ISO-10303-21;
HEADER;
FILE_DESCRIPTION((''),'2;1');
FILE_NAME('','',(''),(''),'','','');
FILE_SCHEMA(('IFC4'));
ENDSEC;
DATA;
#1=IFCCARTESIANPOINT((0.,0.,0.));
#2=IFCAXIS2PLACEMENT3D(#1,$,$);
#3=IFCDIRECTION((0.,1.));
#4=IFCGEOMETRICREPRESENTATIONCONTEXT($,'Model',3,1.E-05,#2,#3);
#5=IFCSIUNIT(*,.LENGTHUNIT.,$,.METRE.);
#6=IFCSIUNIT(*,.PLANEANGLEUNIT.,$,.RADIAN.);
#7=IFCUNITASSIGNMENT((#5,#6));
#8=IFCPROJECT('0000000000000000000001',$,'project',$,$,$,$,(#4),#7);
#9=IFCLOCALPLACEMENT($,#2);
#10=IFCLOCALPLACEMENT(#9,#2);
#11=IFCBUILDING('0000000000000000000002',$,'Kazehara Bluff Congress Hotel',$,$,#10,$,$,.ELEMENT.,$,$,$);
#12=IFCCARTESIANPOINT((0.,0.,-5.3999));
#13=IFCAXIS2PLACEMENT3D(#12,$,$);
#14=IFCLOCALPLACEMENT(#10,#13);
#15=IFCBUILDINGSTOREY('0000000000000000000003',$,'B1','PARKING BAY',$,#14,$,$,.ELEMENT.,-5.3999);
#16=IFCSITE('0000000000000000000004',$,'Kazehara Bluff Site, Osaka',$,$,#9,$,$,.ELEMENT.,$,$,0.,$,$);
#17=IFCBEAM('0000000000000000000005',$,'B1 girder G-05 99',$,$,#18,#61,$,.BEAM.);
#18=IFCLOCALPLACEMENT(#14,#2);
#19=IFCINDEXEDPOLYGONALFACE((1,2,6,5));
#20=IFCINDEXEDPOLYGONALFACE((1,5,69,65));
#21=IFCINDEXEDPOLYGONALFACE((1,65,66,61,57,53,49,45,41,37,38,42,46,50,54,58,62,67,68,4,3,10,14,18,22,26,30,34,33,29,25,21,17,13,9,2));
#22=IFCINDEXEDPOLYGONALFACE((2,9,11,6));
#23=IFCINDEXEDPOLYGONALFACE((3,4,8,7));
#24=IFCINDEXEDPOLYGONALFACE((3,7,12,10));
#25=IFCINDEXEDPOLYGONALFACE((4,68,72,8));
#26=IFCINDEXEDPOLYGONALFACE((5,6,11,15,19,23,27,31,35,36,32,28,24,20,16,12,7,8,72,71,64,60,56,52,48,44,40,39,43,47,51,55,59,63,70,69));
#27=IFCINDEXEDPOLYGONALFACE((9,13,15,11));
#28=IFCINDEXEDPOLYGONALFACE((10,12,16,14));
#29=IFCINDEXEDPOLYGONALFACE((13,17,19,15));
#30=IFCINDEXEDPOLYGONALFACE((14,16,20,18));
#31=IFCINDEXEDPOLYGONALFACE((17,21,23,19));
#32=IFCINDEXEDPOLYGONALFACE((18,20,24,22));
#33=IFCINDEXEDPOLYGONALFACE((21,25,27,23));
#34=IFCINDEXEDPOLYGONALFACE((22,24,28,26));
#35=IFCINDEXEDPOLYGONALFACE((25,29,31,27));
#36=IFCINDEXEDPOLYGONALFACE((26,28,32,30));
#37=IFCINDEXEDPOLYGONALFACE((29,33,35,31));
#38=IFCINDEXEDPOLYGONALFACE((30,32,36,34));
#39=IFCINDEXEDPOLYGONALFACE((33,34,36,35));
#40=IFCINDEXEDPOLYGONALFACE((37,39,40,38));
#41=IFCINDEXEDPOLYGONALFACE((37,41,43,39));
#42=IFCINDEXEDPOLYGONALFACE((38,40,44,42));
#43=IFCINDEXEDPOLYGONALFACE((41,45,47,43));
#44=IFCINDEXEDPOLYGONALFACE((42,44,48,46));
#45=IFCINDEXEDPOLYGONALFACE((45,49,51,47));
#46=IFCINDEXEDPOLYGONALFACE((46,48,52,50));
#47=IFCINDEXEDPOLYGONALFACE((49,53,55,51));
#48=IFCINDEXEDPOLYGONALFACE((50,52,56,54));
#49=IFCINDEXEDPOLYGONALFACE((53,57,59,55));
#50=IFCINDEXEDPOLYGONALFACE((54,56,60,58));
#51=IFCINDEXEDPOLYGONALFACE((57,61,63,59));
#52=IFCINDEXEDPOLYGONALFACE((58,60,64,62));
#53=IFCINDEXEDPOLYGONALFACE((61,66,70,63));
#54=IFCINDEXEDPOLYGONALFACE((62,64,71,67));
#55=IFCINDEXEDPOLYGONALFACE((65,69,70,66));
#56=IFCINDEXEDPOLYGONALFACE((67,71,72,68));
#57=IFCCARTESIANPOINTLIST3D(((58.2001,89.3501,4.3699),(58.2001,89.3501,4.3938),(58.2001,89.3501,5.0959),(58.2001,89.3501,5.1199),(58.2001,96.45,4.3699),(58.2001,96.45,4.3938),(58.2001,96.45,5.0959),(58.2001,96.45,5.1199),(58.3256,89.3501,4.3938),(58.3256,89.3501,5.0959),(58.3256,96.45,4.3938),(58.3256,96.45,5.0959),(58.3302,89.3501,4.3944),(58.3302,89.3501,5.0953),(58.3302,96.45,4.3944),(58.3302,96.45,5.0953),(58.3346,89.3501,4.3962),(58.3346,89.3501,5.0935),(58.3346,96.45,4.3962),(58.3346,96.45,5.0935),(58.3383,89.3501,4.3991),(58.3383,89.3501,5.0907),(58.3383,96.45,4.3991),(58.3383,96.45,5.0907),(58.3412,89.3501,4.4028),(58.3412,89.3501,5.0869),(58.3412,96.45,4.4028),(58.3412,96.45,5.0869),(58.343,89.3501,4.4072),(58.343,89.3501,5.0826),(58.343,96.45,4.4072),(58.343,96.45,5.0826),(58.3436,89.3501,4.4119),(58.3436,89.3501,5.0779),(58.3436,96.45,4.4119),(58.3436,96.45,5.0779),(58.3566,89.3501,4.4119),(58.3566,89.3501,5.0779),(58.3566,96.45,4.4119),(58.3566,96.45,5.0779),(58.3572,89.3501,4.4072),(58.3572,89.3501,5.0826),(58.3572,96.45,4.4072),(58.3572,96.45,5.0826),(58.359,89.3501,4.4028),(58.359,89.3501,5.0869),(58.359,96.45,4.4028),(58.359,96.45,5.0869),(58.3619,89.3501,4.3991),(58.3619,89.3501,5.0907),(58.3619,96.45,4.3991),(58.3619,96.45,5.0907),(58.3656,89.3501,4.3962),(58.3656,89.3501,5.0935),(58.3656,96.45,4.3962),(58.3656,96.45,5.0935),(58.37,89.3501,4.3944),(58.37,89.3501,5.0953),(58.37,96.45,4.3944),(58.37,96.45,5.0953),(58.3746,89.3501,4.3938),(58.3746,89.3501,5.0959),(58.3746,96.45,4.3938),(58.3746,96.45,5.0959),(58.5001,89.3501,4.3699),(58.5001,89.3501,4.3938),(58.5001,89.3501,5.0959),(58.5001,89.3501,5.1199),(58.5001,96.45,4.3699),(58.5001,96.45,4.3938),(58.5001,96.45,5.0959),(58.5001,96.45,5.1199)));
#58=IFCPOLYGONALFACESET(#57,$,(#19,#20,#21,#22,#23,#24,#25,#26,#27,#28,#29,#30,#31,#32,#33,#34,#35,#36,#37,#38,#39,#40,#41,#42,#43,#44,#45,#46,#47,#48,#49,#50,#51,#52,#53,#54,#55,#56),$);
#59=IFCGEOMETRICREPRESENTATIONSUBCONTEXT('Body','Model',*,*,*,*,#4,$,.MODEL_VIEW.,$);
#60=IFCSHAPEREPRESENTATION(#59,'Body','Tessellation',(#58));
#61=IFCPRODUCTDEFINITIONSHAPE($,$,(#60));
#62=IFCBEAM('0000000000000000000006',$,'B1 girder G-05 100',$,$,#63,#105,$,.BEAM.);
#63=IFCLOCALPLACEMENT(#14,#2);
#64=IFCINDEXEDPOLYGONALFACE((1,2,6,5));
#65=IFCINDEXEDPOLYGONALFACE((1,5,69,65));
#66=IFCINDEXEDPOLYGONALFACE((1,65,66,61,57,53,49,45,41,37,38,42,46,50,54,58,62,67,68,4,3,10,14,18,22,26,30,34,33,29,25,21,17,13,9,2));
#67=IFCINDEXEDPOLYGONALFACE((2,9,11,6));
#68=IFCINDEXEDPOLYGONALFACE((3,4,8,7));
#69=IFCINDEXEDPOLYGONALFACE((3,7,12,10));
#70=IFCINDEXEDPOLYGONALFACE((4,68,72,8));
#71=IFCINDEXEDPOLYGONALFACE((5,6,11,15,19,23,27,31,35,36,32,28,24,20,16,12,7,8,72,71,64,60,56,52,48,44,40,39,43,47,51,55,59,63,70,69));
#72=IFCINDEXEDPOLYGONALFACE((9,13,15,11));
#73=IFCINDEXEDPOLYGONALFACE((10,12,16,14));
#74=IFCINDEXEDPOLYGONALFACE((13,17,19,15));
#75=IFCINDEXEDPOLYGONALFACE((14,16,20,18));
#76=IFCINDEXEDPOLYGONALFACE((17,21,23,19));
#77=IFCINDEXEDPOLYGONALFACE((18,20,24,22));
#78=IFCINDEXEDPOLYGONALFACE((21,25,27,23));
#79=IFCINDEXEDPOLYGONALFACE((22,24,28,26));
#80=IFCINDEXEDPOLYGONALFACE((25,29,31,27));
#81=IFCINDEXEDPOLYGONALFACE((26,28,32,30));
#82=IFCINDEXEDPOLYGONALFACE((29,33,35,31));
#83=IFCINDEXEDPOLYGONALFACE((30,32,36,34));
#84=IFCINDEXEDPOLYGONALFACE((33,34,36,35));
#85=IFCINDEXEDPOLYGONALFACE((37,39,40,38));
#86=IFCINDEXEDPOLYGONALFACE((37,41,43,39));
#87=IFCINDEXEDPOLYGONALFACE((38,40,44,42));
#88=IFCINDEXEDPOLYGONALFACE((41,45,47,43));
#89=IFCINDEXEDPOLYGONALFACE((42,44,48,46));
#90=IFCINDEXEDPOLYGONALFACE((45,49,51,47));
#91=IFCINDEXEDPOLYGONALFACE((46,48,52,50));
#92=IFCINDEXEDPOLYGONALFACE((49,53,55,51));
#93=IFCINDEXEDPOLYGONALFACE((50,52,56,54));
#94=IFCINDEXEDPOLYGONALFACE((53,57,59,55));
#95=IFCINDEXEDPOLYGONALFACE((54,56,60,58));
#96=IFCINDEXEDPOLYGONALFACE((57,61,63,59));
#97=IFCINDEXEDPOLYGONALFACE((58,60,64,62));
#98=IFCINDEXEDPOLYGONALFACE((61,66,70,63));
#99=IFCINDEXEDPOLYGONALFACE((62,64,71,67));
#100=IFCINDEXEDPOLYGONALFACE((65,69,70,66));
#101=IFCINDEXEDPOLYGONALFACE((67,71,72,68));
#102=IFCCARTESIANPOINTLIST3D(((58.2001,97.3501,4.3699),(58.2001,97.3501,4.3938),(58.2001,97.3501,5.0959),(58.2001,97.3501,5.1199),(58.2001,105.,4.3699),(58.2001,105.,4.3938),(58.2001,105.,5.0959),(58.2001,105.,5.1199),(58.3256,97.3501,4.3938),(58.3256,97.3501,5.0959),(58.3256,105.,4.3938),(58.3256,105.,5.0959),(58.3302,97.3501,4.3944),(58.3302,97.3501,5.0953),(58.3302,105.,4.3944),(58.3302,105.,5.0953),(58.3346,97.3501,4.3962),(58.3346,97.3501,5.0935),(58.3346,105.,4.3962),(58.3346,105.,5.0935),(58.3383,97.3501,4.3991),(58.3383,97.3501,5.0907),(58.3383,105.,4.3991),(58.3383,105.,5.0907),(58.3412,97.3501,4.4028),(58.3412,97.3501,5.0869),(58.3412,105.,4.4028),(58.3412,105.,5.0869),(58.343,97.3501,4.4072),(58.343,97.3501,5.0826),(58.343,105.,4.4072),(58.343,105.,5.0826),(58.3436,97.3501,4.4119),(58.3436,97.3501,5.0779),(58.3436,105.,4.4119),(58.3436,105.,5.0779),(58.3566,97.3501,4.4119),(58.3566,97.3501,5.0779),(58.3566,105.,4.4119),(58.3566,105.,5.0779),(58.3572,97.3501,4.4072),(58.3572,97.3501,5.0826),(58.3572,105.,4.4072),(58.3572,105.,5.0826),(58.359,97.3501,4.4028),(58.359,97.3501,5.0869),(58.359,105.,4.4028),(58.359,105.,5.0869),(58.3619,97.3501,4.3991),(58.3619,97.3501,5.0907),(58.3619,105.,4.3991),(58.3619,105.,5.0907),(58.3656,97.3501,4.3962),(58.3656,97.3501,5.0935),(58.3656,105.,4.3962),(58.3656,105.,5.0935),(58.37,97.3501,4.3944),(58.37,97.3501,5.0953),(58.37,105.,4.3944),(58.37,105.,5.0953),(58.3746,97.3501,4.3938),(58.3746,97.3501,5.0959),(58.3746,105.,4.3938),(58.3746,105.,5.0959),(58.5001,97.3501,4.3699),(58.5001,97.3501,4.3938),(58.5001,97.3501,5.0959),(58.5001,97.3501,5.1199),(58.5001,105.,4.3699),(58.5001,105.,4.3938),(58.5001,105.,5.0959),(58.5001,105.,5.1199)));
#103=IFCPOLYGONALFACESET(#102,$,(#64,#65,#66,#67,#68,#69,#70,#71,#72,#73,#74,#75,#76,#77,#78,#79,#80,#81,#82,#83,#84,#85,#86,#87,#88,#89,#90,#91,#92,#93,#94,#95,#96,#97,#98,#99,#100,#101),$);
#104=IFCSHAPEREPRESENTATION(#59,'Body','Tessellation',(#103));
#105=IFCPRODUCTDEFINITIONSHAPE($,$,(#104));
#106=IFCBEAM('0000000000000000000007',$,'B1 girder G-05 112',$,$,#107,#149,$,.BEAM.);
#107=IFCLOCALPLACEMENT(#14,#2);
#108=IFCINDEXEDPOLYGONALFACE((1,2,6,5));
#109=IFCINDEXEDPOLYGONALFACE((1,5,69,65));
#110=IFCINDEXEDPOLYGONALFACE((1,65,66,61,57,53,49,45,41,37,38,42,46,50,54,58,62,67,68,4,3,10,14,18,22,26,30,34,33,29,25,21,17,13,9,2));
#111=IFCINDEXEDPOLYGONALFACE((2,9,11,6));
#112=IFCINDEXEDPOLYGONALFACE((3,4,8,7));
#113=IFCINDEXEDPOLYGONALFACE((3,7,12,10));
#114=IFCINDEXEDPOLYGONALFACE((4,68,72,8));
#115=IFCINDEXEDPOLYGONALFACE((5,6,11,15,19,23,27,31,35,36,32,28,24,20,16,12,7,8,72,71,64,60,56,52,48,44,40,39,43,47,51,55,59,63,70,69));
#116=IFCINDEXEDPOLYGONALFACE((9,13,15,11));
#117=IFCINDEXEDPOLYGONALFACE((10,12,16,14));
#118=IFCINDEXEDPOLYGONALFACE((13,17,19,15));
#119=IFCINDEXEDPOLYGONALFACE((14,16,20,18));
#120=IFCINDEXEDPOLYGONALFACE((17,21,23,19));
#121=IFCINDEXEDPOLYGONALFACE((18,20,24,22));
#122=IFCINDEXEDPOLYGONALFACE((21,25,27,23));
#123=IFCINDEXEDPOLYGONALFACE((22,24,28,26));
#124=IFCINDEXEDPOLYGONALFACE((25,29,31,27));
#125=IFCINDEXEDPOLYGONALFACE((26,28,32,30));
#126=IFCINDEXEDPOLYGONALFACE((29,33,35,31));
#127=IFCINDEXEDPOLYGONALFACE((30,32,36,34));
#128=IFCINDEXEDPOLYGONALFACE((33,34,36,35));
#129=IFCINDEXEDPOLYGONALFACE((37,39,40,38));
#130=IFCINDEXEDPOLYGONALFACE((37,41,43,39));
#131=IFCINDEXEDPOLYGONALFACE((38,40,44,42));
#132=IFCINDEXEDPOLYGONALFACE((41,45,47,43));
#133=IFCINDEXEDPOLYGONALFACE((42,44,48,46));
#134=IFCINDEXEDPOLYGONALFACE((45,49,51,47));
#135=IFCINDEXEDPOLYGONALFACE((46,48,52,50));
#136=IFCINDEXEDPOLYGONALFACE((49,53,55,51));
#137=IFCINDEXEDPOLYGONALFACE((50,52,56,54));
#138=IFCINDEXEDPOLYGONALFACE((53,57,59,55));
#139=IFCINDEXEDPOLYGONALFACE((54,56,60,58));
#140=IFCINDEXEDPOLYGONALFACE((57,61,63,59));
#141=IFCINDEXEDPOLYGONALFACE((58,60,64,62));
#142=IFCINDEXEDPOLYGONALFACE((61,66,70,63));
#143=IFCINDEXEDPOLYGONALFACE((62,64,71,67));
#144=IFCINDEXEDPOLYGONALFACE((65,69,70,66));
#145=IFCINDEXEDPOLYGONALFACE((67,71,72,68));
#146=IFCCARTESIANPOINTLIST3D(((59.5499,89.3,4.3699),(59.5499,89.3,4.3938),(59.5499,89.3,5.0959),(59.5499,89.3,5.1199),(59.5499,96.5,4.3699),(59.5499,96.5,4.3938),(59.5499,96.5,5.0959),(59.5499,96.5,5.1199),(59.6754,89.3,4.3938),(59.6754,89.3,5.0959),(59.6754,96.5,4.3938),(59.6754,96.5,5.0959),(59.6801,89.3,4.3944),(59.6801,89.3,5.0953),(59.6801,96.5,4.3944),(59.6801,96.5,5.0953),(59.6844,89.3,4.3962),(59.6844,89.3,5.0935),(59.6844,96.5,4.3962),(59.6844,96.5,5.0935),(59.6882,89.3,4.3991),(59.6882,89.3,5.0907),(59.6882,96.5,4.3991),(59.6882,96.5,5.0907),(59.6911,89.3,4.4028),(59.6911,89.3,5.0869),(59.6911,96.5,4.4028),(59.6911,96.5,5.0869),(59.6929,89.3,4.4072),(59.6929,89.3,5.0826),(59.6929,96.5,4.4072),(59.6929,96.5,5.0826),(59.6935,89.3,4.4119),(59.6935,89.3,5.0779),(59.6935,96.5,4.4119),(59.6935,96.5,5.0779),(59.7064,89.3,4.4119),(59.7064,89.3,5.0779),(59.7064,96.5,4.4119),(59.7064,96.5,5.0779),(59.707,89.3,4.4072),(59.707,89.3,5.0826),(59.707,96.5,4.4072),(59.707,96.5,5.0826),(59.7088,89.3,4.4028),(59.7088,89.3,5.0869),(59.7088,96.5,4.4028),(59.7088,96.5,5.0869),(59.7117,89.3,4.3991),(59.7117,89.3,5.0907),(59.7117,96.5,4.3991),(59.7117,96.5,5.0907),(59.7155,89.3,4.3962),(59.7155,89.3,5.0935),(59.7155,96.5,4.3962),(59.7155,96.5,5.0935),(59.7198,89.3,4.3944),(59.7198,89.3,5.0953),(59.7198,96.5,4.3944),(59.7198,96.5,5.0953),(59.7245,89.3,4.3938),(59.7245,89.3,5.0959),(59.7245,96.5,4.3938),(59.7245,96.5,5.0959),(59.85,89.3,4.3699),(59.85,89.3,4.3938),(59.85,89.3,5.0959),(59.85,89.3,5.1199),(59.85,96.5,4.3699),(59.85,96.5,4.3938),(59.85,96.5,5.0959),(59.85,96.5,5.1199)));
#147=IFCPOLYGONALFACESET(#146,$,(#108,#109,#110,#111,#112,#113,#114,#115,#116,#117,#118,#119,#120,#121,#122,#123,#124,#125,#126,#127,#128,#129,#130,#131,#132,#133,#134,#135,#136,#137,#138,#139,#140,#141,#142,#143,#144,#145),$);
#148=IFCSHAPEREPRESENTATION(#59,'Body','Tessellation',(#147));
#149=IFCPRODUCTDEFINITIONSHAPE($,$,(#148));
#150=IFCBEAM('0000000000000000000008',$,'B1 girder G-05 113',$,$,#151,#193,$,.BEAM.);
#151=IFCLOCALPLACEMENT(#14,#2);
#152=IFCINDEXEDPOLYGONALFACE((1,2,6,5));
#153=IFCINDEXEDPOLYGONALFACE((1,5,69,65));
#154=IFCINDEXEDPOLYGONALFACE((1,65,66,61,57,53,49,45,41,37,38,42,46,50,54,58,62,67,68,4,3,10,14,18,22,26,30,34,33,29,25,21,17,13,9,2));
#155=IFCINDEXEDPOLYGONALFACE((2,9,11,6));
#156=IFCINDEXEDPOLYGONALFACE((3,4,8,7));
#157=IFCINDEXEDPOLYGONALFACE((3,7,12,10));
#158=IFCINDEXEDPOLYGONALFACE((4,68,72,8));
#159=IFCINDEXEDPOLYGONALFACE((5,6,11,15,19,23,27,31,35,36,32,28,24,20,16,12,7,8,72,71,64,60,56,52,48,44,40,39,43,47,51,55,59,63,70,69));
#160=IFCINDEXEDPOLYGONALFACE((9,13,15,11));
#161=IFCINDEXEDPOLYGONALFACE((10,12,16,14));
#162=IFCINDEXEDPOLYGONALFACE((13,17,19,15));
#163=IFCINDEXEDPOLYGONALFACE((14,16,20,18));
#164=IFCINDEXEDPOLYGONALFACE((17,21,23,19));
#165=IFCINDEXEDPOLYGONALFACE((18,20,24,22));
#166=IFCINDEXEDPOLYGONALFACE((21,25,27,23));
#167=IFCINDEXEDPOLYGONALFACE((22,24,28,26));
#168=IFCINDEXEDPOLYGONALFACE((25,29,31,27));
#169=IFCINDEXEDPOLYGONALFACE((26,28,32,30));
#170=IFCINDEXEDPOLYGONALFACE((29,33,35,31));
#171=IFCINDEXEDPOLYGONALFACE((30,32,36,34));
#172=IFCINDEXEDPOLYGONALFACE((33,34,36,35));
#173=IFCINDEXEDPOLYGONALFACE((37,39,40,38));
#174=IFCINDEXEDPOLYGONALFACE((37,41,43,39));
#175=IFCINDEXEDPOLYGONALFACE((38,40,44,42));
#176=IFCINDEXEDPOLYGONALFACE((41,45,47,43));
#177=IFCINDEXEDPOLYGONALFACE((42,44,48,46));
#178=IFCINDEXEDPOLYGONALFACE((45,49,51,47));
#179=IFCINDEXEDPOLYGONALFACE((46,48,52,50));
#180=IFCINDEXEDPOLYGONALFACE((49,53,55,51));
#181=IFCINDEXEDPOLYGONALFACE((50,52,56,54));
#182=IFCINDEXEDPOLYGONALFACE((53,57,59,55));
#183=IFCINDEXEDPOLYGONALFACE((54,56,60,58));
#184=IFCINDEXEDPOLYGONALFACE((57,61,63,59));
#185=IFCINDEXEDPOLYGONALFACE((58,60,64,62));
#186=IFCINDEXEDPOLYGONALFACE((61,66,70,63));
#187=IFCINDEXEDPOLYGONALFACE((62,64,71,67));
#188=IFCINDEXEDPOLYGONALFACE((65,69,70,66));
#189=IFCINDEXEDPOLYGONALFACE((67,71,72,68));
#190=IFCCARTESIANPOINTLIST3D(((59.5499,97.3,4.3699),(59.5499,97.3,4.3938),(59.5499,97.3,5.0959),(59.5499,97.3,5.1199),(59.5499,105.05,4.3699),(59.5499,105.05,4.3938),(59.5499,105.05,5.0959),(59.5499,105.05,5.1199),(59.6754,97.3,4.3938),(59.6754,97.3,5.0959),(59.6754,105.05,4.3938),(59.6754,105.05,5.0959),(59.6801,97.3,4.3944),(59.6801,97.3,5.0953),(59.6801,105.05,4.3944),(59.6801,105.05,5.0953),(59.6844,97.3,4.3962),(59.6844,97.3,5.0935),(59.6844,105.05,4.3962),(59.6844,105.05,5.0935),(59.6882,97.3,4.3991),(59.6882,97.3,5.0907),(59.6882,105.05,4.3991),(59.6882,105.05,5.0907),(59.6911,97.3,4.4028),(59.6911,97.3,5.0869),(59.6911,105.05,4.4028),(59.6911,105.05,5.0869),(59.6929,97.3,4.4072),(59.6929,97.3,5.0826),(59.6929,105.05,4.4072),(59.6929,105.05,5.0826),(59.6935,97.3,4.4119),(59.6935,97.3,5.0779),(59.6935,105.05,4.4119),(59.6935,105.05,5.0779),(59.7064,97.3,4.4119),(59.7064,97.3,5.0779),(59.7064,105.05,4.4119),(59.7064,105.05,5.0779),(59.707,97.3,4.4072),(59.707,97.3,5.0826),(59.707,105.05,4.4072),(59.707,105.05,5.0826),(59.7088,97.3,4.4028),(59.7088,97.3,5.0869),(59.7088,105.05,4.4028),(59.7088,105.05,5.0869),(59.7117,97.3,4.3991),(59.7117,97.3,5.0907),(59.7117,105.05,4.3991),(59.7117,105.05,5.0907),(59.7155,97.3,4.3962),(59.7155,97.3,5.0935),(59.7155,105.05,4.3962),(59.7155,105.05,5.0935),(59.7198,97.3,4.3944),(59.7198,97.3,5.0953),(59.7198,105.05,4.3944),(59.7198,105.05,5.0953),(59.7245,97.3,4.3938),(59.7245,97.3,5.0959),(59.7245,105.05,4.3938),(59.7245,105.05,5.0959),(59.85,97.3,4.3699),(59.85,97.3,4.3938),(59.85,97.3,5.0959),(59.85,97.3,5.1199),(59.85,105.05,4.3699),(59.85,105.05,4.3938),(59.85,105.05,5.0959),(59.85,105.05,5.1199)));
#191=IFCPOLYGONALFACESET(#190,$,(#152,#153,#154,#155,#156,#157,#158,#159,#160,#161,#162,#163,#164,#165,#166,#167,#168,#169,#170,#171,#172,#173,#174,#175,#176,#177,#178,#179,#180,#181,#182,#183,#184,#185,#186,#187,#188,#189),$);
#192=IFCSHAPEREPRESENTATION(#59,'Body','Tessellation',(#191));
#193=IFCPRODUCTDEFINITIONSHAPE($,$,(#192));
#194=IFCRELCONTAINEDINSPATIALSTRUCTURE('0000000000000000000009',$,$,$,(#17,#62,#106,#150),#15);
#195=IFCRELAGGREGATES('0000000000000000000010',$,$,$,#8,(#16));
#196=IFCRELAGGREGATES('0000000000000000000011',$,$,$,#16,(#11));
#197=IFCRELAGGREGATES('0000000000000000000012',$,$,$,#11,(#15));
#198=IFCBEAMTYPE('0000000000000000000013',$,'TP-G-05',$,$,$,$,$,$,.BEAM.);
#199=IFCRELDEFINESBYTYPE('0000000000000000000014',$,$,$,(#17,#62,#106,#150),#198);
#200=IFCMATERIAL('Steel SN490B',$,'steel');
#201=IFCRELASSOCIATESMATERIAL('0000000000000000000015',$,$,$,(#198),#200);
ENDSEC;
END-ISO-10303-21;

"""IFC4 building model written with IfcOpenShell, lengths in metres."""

from ifc_helpers import new_model, si_unit, direction, frame, origin, origin_2d, place, context, subcontext, project, spatial, i_section, extrude, material, material_profile, profile_set, type_object, element, save


model = new_model("IFC4")

# Units and contexts
model_context = context("Model", 3, precision=1e-05, world=origin(), true_north=direction((0.0, 1.0)))
body_context = subcontext(model_context, "Body", "Model", "MODEL_VIEW")
ifc_project = project(units=[si_unit("LENGTHUNIT", "METRE"), si_unit("PLANEANGLEUNIT", "RADIAN")], contexts=[model_context])

# Site, building, storey
site_placement = place(None, origin())
site = spatial("IfcSite", under=ifc_project, at=site_placement, Name="Kazehara Bluff Site, Osaka", CompositionType="ELEMENT", RefElevation=0.0)
building_placement = place(site_placement, origin())
building = spatial("IfcBuilding", under=site, at=building_placement, Name="Kazehara Bluff Congress Hotel", CompositionType="ELEMENT")
storey_placement = place(building_placement, frame((0.0, 0.0, -5.3999)))
storey = spatial("IfcBuildingStorey", under=building, at=storey_placement, Name="B1", Description="PARKING BAY", CompositionType="ELEMENT", Elevation=-5.3999)

# Beams
ifc_material_1 = material(Name="Steel SN490B", Category="steel")
ifc_material_profile_1 = material_profile(ifc_material_1, i_section(OverallWidth=0.3, OverallDepth=0.75, WebThickness=0.0129, FlangeThickness=0.0239, FilletRadius=0.0181, at=origin_2d()))
ifc_profile_set_1 = profile_set([ifc_material_profile_1], Name="Steel SN490B")
beam_type_1 = type_object("IfcBeamType", Name="TP-G-05", PredefinedType="BEAM", material=ifc_profile_set_1)
beam_1_placement = place(storey_placement, frame((58.3501, 89.3501, 4.7449), z_axis=(0.0, 1.0, 0.0), x_axis=(-1.0, 0.0, 0.0)))
element("IfcBeam", 1, at=beam_1_placement, inside=storey, type_object=beam_type_1, Name="B1 girder G-05 99", PredefinedType="BEAM", context=body_context, shape_type="SweptSolid", body=[
    extrude(i_section(OverallWidth=0.3, OverallDepth=0.75, WebThickness=0.0129, FlangeThickness=0.0239, FilletRadius=0.0181, at=origin_2d()), origin(), (0.0, 0.0, 1.0), 7.0999),
])
beam_2_placement = place(storey_placement, frame((58.3501, 97.3501, 4.7449), z_axis=(0.0, 1.0, 0.0), x_axis=(-1.0, 0.0, 0.0)))
element("IfcBeam", 2, at=beam_2_placement, inside=storey, type_object=beam_type_1, Name="B1 girder G-05 100", PredefinedType="BEAM", context=body_context, shape_type="SweptSolid", body=[
    extrude(i_section(OverallWidth=0.3, OverallDepth=0.75, WebThickness=0.0129, FlangeThickness=0.0239, FilletRadius=0.0181, at=origin_2d()), origin(), (0.0, 0.0, 1.0), 7.6499),
])
beam_3_placement = place(storey_placement, frame((59.7, 89.3, 4.7449), z_axis=(0.0, 1.0, 0.0), x_axis=(-1.0, 0.0, 0.0)))
element("IfcBeam", 3, at=beam_3_placement, inside=storey, type_object=beam_type_1, Name="B1 girder G-05 112", PredefinedType="BEAM", context=body_context, shape_type="SweptSolid", body=[
    extrude(i_section(OverallWidth=0.3, OverallDepth=0.75, WebThickness=0.0129, FlangeThickness=0.0239, FilletRadius=0.0181, at=origin_2d()), origin(), (0.0, 0.0, 1.0), 7.2),
])
beam_4_placement = place(storey_placement, frame((59.7, 97.3, 4.7449), z_axis=(0.0, 1.0, 0.0), x_axis=(-1.0, 0.0, 0.0)))
element("IfcBeam", 4, at=beam_4_placement, inside=storey, type_object=beam_type_1, Name="B1 girder G-05 113", PredefinedType="BEAM", context=body_context, shape_type="SweptSolid", body=[
    extrude(i_section(OverallWidth=0.3, OverallDepth=0.75, WebThickness=0.0129, FlangeThickness=0.0239, FilletRadius=0.0181, at=origin_2d()), origin(), (0.0, 0.0, 1.0), 7.75),
])

save(model, "model.ifc")
